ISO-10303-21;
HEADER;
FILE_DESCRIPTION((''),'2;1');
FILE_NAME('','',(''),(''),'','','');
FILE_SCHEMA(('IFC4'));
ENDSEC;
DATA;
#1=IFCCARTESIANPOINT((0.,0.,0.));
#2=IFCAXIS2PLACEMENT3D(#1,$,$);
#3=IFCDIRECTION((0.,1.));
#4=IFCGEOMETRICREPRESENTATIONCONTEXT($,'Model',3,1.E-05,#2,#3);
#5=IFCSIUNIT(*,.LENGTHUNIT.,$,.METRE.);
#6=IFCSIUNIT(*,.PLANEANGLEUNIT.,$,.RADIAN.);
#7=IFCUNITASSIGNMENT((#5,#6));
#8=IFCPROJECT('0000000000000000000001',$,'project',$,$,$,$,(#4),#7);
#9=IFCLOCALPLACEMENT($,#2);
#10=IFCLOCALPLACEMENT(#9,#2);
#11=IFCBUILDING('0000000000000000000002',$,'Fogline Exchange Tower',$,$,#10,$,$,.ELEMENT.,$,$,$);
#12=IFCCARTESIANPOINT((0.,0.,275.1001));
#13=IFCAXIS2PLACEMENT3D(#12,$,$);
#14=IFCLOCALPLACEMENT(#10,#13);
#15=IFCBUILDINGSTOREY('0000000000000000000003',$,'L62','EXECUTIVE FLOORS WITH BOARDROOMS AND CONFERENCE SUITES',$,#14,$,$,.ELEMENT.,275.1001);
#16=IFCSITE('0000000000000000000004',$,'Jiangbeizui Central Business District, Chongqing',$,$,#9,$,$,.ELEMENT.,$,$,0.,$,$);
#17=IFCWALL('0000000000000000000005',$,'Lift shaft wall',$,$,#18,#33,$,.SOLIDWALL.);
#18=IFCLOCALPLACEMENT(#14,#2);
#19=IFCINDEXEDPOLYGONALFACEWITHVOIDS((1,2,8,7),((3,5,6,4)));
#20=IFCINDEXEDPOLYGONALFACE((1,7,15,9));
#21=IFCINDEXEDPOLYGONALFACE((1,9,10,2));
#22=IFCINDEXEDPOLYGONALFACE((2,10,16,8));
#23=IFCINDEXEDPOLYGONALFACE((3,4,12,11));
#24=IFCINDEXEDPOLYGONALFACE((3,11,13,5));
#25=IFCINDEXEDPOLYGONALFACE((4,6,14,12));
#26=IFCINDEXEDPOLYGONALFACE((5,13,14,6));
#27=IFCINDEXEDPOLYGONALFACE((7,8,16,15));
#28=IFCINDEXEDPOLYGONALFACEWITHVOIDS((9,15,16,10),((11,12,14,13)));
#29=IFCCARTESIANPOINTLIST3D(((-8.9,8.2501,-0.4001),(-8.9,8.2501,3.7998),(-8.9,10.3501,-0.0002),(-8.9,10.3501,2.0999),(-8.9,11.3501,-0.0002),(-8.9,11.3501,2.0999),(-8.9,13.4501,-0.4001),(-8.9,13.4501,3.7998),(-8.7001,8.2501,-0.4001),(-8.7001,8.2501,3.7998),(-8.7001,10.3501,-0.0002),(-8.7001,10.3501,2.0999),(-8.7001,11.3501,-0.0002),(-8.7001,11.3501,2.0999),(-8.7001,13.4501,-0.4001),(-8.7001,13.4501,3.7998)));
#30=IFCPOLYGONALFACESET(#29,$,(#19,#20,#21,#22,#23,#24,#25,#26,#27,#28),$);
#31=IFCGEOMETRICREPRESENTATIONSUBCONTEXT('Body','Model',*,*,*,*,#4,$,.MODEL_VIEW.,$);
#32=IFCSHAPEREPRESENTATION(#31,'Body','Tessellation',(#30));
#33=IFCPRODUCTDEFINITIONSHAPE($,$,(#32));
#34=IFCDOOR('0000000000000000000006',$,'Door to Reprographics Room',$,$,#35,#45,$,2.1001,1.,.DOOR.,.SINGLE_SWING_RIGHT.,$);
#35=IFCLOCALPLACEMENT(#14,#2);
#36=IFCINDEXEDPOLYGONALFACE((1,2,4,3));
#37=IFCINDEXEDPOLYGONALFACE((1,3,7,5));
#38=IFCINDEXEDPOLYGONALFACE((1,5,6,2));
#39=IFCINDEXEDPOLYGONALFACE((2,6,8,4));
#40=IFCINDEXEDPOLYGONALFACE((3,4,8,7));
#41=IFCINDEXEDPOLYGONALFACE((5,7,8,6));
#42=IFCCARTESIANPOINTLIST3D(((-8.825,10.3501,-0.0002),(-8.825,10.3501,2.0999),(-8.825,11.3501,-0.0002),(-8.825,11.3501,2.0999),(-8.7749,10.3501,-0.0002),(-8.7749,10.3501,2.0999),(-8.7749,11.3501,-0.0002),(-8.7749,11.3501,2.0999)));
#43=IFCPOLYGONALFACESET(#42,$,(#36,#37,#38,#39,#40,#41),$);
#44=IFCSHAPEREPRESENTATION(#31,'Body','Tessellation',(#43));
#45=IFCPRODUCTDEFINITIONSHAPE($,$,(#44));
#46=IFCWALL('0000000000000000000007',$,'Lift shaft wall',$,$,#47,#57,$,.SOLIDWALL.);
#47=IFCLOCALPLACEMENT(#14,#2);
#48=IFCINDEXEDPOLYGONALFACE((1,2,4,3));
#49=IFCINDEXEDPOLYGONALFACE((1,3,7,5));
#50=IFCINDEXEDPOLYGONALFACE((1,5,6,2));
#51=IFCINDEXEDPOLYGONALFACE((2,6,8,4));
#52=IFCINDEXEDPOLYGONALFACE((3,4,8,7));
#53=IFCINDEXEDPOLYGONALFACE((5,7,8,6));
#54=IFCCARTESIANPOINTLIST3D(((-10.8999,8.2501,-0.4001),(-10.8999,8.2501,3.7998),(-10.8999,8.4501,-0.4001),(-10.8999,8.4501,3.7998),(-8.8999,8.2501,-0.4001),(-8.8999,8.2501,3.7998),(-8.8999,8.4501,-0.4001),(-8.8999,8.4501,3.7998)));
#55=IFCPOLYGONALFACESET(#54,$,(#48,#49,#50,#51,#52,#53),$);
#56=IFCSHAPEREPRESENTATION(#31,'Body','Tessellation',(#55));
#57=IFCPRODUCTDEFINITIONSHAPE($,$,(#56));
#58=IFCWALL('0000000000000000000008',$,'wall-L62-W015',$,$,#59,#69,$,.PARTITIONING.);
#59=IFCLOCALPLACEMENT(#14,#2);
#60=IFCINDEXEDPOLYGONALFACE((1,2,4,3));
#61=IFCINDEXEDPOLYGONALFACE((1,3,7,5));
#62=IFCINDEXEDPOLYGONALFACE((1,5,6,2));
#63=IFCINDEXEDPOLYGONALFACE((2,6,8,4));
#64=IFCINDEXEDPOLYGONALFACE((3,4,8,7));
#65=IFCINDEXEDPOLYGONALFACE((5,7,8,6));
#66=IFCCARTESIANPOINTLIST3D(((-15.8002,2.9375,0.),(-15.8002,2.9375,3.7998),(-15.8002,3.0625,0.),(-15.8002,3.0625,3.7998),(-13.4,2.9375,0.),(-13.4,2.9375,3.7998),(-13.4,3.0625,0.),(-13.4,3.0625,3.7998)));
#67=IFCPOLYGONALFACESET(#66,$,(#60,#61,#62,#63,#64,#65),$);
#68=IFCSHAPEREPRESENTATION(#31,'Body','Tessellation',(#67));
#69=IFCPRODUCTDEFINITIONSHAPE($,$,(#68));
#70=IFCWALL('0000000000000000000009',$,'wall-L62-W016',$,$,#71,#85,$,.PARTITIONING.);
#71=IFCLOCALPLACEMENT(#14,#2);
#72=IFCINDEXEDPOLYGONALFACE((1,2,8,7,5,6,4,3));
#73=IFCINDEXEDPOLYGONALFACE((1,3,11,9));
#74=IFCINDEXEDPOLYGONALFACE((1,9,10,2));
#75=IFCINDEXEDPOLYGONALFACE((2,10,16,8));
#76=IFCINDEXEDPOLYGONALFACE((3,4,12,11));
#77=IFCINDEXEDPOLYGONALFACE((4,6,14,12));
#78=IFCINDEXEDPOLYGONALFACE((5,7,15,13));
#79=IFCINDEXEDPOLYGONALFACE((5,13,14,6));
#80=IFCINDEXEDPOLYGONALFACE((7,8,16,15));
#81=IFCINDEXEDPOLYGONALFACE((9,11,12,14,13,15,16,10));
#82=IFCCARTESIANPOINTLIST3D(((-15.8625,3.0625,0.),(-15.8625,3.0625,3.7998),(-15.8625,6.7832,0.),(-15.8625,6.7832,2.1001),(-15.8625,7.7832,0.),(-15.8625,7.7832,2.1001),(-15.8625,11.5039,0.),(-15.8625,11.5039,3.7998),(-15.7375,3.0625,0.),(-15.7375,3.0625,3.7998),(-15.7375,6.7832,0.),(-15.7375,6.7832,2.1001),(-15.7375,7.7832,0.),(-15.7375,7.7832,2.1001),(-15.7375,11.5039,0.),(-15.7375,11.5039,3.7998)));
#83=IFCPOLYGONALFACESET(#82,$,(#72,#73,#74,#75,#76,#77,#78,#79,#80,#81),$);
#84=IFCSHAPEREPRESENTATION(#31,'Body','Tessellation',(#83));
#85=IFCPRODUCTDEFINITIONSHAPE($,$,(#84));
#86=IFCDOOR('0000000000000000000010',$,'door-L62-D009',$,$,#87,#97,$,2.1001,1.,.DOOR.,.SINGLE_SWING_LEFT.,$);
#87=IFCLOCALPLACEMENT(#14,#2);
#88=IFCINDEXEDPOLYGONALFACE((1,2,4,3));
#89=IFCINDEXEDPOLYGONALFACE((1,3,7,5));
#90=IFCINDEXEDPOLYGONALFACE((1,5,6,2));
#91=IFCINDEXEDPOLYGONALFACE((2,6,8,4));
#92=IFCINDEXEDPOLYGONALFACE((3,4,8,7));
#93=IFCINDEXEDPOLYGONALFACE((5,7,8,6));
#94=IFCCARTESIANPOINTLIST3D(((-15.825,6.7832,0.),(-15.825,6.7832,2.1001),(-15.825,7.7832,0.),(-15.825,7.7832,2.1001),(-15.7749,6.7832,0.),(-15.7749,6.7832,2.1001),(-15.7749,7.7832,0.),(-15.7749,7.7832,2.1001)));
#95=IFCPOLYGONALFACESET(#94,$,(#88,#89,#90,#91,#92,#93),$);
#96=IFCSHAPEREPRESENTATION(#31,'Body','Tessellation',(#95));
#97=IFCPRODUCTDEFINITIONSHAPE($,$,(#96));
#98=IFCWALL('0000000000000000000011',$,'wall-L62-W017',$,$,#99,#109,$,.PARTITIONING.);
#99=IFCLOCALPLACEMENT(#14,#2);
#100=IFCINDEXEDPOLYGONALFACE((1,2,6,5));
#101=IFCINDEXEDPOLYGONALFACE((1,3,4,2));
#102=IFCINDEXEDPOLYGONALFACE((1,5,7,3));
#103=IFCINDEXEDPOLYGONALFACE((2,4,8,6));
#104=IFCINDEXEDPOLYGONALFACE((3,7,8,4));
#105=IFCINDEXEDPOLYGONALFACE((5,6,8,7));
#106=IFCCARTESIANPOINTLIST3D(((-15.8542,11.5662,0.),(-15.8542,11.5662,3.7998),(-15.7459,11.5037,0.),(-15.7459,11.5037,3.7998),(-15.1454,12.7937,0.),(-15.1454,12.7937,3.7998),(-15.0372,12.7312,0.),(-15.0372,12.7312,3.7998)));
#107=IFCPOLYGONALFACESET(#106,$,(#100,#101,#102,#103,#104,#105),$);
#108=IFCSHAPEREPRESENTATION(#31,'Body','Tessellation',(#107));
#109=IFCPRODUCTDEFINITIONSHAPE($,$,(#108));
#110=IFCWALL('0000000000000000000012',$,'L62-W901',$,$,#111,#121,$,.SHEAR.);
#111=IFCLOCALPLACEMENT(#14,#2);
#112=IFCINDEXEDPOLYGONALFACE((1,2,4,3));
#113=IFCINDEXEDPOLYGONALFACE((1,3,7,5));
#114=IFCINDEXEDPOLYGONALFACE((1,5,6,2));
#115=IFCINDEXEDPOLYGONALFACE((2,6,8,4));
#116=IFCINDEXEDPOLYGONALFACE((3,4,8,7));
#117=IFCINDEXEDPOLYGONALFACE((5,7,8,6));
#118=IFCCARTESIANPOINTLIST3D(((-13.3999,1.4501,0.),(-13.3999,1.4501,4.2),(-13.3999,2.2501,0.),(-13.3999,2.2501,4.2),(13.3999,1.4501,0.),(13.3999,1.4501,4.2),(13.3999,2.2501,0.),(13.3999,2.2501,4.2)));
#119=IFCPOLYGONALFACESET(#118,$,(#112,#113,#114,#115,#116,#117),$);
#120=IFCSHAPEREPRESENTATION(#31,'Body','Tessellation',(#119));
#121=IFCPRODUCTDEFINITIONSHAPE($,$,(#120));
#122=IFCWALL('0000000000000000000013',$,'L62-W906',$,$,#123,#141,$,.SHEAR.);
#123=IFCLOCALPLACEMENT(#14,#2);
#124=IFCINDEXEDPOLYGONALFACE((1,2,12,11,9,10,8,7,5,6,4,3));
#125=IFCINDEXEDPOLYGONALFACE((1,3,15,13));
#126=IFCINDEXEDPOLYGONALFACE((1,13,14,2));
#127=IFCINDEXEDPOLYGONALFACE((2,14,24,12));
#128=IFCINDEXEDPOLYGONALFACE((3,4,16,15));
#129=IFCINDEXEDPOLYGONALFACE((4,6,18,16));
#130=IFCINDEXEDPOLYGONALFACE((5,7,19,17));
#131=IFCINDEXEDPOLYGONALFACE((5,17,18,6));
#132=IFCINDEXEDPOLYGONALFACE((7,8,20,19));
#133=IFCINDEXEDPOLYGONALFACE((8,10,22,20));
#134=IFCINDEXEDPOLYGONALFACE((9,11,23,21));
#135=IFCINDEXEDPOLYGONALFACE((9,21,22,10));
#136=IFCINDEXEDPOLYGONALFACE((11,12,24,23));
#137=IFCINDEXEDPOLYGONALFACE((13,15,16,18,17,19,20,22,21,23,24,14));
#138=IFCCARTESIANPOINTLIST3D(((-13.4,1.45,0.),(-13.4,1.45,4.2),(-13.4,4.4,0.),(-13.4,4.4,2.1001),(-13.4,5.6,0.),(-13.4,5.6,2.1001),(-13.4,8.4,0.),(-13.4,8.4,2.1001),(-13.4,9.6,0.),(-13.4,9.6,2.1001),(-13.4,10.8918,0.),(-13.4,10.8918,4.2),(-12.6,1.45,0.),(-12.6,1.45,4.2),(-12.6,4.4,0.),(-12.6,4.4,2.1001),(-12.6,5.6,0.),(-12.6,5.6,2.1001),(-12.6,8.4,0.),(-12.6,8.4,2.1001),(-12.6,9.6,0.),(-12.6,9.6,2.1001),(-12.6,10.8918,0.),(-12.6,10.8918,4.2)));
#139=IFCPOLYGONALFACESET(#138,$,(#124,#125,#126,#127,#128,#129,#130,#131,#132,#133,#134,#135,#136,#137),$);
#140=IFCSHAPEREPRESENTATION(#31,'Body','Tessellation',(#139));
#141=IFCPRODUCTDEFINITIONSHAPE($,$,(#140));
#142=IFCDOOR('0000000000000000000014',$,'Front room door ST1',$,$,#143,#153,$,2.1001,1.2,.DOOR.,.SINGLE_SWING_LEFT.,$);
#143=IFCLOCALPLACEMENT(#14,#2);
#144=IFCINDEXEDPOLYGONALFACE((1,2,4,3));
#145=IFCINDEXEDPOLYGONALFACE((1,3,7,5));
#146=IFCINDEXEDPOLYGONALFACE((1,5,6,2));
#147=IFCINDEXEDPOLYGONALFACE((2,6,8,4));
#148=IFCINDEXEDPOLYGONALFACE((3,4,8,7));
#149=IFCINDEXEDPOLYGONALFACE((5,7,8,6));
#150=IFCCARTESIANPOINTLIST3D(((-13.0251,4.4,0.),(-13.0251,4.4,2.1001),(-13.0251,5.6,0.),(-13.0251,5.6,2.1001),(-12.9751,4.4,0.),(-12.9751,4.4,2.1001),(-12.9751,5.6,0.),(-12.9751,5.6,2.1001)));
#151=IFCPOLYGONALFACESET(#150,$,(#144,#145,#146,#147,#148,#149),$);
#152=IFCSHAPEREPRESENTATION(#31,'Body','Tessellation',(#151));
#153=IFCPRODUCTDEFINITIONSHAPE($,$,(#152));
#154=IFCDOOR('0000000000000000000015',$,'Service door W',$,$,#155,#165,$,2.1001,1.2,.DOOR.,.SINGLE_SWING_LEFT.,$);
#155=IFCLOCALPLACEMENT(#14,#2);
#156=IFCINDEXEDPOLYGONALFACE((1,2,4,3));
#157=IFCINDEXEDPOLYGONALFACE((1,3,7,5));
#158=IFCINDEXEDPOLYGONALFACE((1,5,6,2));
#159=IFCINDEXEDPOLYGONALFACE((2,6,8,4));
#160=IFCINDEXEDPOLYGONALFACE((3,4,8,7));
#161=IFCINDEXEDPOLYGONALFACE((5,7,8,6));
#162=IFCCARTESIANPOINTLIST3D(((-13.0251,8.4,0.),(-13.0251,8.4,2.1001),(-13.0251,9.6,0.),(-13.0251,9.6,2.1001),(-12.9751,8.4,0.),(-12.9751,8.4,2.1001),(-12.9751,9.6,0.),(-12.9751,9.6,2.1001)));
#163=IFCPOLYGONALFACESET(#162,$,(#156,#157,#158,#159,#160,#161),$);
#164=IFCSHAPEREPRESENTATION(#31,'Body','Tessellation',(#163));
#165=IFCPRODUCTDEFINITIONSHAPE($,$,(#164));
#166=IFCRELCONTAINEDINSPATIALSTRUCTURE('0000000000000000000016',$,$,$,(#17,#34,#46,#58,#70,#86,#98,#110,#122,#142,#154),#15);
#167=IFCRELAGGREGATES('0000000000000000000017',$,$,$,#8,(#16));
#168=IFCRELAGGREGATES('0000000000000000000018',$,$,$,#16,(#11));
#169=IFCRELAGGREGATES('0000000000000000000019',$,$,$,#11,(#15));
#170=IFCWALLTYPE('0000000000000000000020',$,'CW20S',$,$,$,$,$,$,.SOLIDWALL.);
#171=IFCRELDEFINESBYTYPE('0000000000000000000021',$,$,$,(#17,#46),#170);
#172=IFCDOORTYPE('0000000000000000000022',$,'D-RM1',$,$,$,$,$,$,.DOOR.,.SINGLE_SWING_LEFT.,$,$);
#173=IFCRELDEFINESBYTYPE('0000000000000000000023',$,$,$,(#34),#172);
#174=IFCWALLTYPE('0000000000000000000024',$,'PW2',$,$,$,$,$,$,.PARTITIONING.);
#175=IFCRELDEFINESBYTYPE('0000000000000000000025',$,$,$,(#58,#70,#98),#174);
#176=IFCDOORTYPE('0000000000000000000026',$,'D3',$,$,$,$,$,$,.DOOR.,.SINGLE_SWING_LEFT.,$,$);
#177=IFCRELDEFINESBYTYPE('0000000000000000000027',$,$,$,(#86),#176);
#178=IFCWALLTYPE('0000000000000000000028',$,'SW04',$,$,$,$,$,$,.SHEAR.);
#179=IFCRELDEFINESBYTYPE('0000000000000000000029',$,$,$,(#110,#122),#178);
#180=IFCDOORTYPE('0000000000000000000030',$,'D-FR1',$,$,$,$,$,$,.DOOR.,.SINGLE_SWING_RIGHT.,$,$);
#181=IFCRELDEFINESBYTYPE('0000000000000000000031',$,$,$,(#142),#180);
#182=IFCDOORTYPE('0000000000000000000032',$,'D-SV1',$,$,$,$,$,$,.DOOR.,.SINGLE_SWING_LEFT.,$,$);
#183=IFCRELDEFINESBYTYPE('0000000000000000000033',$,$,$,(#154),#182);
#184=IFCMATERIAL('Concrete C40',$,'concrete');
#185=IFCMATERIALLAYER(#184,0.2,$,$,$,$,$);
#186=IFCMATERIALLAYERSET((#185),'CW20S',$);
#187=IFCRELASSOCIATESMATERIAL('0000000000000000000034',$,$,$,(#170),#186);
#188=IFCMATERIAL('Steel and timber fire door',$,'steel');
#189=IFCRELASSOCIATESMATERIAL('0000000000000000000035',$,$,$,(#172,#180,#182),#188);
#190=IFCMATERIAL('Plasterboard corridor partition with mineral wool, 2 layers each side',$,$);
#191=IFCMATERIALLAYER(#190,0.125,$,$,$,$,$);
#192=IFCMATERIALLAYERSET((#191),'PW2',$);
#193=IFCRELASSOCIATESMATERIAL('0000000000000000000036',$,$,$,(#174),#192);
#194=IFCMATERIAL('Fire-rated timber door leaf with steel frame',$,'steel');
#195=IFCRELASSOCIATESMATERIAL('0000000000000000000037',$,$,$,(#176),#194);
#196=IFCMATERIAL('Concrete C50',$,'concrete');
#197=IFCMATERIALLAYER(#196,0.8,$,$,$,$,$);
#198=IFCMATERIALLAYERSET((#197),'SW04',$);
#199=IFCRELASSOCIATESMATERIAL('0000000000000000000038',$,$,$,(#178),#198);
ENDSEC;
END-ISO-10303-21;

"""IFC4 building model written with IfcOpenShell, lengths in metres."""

from ifc_helpers import new_model, si_unit, direction, frame, frame_2d, origin, place, context, subcontext, project, spatial, rectangle, extrude, material, layer, layer_set, type_object, element, fill, save


model = new_model("IFC4")

# Units and contexts
model_context = context("Model", 3, precision=1e-05, world=origin(), true_north=direction((0.0, 1.0)))
body_context = subcontext(model_context, "Body", "Model", "MODEL_VIEW")
ifc_project = project(units=[si_unit("LENGTHUNIT", "METRE"), si_unit("PLANEANGLEUNIT", "RADIAN")], contexts=[model_context])

# Site, building, storey
site_placement = place(None, origin())
site = spatial("IfcSite", under=ifc_project, at=site_placement, Name="Jiangbeizui Central Business District, Chongqing", CompositionType="ELEMENT", RefElevation=0.0)
building_placement = place(site_placement, origin())
building = spatial("IfcBuilding", under=site, at=building_placement, Name="Fogline Exchange Tower", CompositionType="ELEMENT")
storey_placement = place(building_placement, frame((0.0, 0.0, 275.1001)))
storey = spatial("IfcBuildingStorey", under=building, at=storey_placement, Name="L62", Description="EXECUTIVE FLOORS WITH BOARDROOMS AND CONFERENCE SUITES", CompositionType="ELEMENT", Elevation=275.1001)

# Shared definitions
ifc_material_1 = material(Name="Concrete C40", Category="concrete")

# Shared definitions
ifc_material_2 = material(Name="Steel and timber fire door", Category="steel")

# Wall, opening, door
ifc_layer_1 = layer(ifc_material_1, 0.2)
ifc_layer_set_1 = layer_set([ifc_layer_1], Name="CW20S")
wall_type_1 = type_object("IfcWallType", Name="CW20S", PredefinedType="SOLIDWALL", material=ifc_layer_set_1)
wall_1_placement = place(storey_placement, frame((-8.8, 8.25, -0.4001), z_axis=(0.0, 0.0, 1.0), x_axis=(0.0, 1.0, 0.0)))
wall_1 = element("IfcWall", 1, at=wall_1_placement, inside=storey, type_object=wall_type_1, Name="Lift shaft wall", PredefinedType="SOLIDWALL", context=body_context, shape_type="SweptSolid", body=[
    extrude(rectangle(XDim=5.2, YDim=0.2, at=frame_2d((2.6001, 0.0))), origin(), (0.0, 0.0, 1.0), 4.2),
])
opening_1_placement = place(wall_1_placement, frame((2.1001, 0.0, 0.3999)))
opening_1 = element("IfcOpeningElement", 2, at=opening_1_placement, cuts=wall_1, PredefinedType="OPENING", context=body_context, shape_type="SweptSolid", body=[
    extrude(rectangle(XDim=1.0, YDim=2.1001, at=frame_2d((0.5, 1.05))), frame((0.0, 0.1099, 0.0), z_axis=(0.0, -1.0, 0.0), x_axis=(1.0, 0.0, 0.0)), (0.0, 0.0, 1.0), 0.22),
])
door_type_1 = type_object("IfcDoorType", Name="D-RM1", OperationType="SINGLE_SWING_LEFT", PredefinedType="DOOR", material=ifc_material_2)
door_1_placement = place(opening_1_placement, origin())
door_1 = element("IfcDoor", 3, at=door_1_placement, inside=storey, type_object=door_type_1, Name="Door to Reprographics Room", OperationType="SINGLE_SWING_RIGHT", OverallHeight=2.1001, OverallWidth=1.0, PredefinedType="DOOR", context=body_context, shape_type="SweptSolid", body=[
    extrude(rectangle(XDim=1.0, YDim=2.1001, at=frame_2d((0.5, 1.05))), frame((0.0, 0.0249, 0.0), z_axis=(0.0, -1.0, 0.0), x_axis=(1.0, 0.0, 0.0)), (0.0, 0.0, 1.0), 0.05),
])
fill(opening_1, door_1)

# Walls
wall_2_placement = place(storey_placement, frame((-10.8999, 8.3501, -0.4001), z_axis=(0.0, 0.0, 1.0), x_axis=(1.0, 0.0, 0.0)))
element("IfcWall", 4, at=wall_2_placement, inside=storey, type_object=wall_type_1, Name="Lift shaft wall", PredefinedType="SOLIDWALL", context=body_context, shape_type="SweptSolid", body=[
    extrude(rectangle(XDim=2.0, YDim=0.2, at=frame_2d((1.0, 0.0))), origin(), (0.0, 0.0, 1.0), 4.2),
])
ifc_material_3 = material(Name="Plasterboard corridor partition with mineral wool, 2 layers each side")
ifc_layer_2 = layer(ifc_material_3, 0.125)
ifc_layer_set_2 = layer_set([ifc_layer_2], Name="PW2")
wall_type_2 = type_object("IfcWallType", Name="PW2", PredefinedType="PARTITIONING", material=ifc_layer_set_2)
wall_3_placement = place(storey_placement, frame((-13.3999, 3.0, 0.0), z_axis=(0.0, 0.0, 1.0), x_axis=(-1.0, 0.0, 0.0)))
element("IfcWall", 5, at=wall_3_placement, inside=storey, type_object=wall_type_2, Name="wall-L62-W015", PredefinedType="PARTITIONING", context=body_context, shape_type="SweptSolid", body=[
    extrude(rectangle(XDim=2.4001, YDim=0.125, at=frame_2d((1.2002, 0.0))), origin(), (0.0, 0.0, 1.0), 3.7998),
])

# Wall, opening, door
wall_4_placement = place(storey_placement, frame((-15.8, 3.0625, 0.0), z_axis=(0.0, 0.0, 1.0), x_axis=(0.0, 1.0, 0.0)))
wall_4 = element("IfcWall", 6, at=wall_4_placement, inside=storey, type_object=wall_type_2, Name="wall-L62-W016", PredefinedType="PARTITIONING", context=body_context, shape_type="SweptSolid", body=[
    extrude(rectangle(XDim=8.4414, YDim=0.125, at=frame_2d((4.2207, 0.0))), origin(), (0.0, 0.0, 1.0), 3.7998),
])
opening_2_placement = place(wall_4_placement, frame((3.7207, 0.0, 0.0)))
opening_2 = element("IfcOpeningElement", 7, at=opening_2_placement, cuts=wall_4, PredefinedType="OPENING", context=body_context, shape_type="SweptSolid", body=[
    extrude(rectangle(XDim=1.0, YDim=2.1001, at=frame_2d((0.5, 1.05))), frame((0.0, 0.0725, 0.0), z_axis=(0.0, -1.0, 0.0), x_axis=(1.0, 0.0, 0.0)), (0.0, 0.0, 1.0), 0.145),
])
ifc_material_4 = material(Name="Fire-rated timber door leaf with steel frame", Category="steel")
door_type_2 = type_object("IfcDoorType", Name="D3", OperationType="SINGLE_SWING_LEFT", PredefinedType="DOOR", material=ifc_material_4)
door_2_placement = place(opening_2_placement, origin())
door_2 = element("IfcDoor", 8, at=door_2_placement, inside=storey, type_object=door_type_2, Name="door-L62-D009", OperationType="SINGLE_SWING_LEFT", OverallHeight=2.1001, OverallWidth=1.0, PredefinedType="DOOR", context=body_context, shape_type="SweptSolid", body=[
    extrude(rectangle(XDim=1.0, YDim=2.1001, at=frame_2d((0.5, 1.05))), frame((0.0, 0.0249, 0.0), z_axis=(0.0, -1.0, 0.0), x_axis=(1.0, 0.0, 0.0)), (0.0, 0.0, 1.0), 0.05),
])
fill(opening_2, door_2)

# Walls
wall_5_placement = place(storey_placement, frame((-15.8, 11.5349, 0.0), z_axis=(0.0, 0.0, 1.0), x_axis=(0.500011, 0.866019, 0.0)))
element("IfcWall", 9, at=wall_5_placement, inside=storey, type_object=wall_type_2, Name="wall-L62-W017", PredefinedType="PARTITIONING", context=body_context, shape_type="SweptSolid", body=[
    extrude(rectangle(XDim=1.4175, YDim=0.125, at=frame_2d((0.7087, 0.0))), origin(), (0.0, 0.0, 1.0), 3.7998),
])
ifc_material_5 = material(Name="Concrete C50", Category="concrete")
ifc_layer_3 = layer(ifc_material_5, 0.8)
ifc_layer_set_3 = layer_set([ifc_layer_3], Name="SW04")
wall_type_3 = type_object("IfcWallType", Name="SW04", PredefinedType="SHEAR", material=ifc_layer_set_3)
wall_6_placement = place(storey_placement, frame((-13.3999, 1.8501, 0.0), z_axis=(0.0, 0.0, 1.0), x_axis=(1.0, 0.0, 0.0)))
element("IfcWall", 10, at=wall_6_placement, inside=storey, type_object=wall_type_3, Name="L62-W901", PredefinedType="SHEAR", context=body_context, shape_type="SweptSolid", body=[
    extrude(rectangle(XDim=26.7998, YDim=0.8, at=frame_2d((13.3999, 0.0))), origin(), (0.0, 0.0, 1.0), 4.2),
])

# Wall, openings, doors
wall_7_placement = place(storey_placement, frame((-13.0, 10.8918, 0.0), z_axis=(0.0, 0.0, 1.0), x_axis=(0.0, -1.0, 0.0)))
wall_7 = element("IfcWall", 11, at=wall_7_placement, inside=storey, type_object=wall_type_3, Name="L62-W906", PredefinedType="SHEAR", context=body_context, shape_type="SweptSolid", body=[
    extrude(rectangle(XDim=9.4419, YDim=0.8, at=frame_2d((4.7209, 0.0))), origin(), (0.0, 0.0, 1.0), 4.2),
])
opening_3_placement = place(wall_7_placement, frame((5.2917, 0.0, 0.0)))
opening_3 = element("IfcOpeningElement", 12, at=opening_3_placement, cuts=wall_7, PredefinedType="OPENING", context=body_context, shape_type="SweptSolid", body=[
    extrude(rectangle(XDim=1.2, YDim=2.1001, at=frame_2d((0.6001, 1.05))), frame((0.0, 0.4102, 0.0), z_axis=(0.0, -1.0, 0.0), x_axis=(1.0, 0.0, 0.0)), (0.0, 0.0, 1.0), 0.8201),
])
opening_4_placement = place(wall_7_placement, frame((1.2917, 0.0, 0.0)))
opening_4 = element("IfcOpeningElement", 13, at=opening_4_placement, cuts=wall_7, PredefinedType="OPENING", context=body_context, shape_type="SweptSolid", body=[
    extrude(rectangle(XDim=1.2, YDim=2.1001, at=frame_2d((0.6001, 1.05))), frame((0.0, 0.4102, 0.0), z_axis=(0.0, -1.0, 0.0), x_axis=(1.0, 0.0, 0.0)), (0.0, 0.0, 1.0), 0.8201),
])
door_type_3 = type_object("IfcDoorType", Name="D-FR1", OperationType="SINGLE_SWING_RIGHT", PredefinedType="DOOR", material=ifc_material_2)
door_3_placement = place(opening_3_placement, origin())
door_3 = element("IfcDoor", 14, at=door_3_placement, inside=storey, type_object=door_type_3, Name="Front room door ST1", OperationType="SINGLE_SWING_LEFT", OverallHeight=2.1001, OverallWidth=1.2, PredefinedType="DOOR", context=body_context, shape_type="SweptSolid", body=[
    extrude(rectangle(XDim=1.2, YDim=2.1001, at=frame_2d((0.6001, 1.05))), frame((0.0, 0.0249, 0.0), z_axis=(0.0, -1.0, 0.0), x_axis=(1.0, 0.0, 0.0)), (0.0, 0.0, 1.0), 0.05),
])
fill(opening_3, door_3)
door_type_4 = type_object("IfcDoorType", Name="D-SV1", OperationType="SINGLE_SWING_LEFT", PredefinedType="DOOR", material=ifc_material_2)
door_4_placement = place(opening_4_placement, origin())
door_4 = element("IfcDoor", 15, at=door_4_placement, inside=storey, type_object=door_type_4, Name="Service door W", OperationType="SINGLE_SWING_LEFT", OverallHeight=2.1001, OverallWidth=1.2, PredefinedType="DOOR", context=body_context, shape_type="SweptSolid", body=[
    extrude(rectangle(XDim=1.2, YDim=2.1001, at=frame_2d((0.6001, 1.05))), frame((0.0, 0.0249, 0.0), z_axis=(0.0, -1.0, 0.0), x_axis=(1.0, 0.0, 0.0)), (0.0, 0.0, 1.0), 0.05),
])
fill(opening_4, door_4)

save(model, "model.ifc")
